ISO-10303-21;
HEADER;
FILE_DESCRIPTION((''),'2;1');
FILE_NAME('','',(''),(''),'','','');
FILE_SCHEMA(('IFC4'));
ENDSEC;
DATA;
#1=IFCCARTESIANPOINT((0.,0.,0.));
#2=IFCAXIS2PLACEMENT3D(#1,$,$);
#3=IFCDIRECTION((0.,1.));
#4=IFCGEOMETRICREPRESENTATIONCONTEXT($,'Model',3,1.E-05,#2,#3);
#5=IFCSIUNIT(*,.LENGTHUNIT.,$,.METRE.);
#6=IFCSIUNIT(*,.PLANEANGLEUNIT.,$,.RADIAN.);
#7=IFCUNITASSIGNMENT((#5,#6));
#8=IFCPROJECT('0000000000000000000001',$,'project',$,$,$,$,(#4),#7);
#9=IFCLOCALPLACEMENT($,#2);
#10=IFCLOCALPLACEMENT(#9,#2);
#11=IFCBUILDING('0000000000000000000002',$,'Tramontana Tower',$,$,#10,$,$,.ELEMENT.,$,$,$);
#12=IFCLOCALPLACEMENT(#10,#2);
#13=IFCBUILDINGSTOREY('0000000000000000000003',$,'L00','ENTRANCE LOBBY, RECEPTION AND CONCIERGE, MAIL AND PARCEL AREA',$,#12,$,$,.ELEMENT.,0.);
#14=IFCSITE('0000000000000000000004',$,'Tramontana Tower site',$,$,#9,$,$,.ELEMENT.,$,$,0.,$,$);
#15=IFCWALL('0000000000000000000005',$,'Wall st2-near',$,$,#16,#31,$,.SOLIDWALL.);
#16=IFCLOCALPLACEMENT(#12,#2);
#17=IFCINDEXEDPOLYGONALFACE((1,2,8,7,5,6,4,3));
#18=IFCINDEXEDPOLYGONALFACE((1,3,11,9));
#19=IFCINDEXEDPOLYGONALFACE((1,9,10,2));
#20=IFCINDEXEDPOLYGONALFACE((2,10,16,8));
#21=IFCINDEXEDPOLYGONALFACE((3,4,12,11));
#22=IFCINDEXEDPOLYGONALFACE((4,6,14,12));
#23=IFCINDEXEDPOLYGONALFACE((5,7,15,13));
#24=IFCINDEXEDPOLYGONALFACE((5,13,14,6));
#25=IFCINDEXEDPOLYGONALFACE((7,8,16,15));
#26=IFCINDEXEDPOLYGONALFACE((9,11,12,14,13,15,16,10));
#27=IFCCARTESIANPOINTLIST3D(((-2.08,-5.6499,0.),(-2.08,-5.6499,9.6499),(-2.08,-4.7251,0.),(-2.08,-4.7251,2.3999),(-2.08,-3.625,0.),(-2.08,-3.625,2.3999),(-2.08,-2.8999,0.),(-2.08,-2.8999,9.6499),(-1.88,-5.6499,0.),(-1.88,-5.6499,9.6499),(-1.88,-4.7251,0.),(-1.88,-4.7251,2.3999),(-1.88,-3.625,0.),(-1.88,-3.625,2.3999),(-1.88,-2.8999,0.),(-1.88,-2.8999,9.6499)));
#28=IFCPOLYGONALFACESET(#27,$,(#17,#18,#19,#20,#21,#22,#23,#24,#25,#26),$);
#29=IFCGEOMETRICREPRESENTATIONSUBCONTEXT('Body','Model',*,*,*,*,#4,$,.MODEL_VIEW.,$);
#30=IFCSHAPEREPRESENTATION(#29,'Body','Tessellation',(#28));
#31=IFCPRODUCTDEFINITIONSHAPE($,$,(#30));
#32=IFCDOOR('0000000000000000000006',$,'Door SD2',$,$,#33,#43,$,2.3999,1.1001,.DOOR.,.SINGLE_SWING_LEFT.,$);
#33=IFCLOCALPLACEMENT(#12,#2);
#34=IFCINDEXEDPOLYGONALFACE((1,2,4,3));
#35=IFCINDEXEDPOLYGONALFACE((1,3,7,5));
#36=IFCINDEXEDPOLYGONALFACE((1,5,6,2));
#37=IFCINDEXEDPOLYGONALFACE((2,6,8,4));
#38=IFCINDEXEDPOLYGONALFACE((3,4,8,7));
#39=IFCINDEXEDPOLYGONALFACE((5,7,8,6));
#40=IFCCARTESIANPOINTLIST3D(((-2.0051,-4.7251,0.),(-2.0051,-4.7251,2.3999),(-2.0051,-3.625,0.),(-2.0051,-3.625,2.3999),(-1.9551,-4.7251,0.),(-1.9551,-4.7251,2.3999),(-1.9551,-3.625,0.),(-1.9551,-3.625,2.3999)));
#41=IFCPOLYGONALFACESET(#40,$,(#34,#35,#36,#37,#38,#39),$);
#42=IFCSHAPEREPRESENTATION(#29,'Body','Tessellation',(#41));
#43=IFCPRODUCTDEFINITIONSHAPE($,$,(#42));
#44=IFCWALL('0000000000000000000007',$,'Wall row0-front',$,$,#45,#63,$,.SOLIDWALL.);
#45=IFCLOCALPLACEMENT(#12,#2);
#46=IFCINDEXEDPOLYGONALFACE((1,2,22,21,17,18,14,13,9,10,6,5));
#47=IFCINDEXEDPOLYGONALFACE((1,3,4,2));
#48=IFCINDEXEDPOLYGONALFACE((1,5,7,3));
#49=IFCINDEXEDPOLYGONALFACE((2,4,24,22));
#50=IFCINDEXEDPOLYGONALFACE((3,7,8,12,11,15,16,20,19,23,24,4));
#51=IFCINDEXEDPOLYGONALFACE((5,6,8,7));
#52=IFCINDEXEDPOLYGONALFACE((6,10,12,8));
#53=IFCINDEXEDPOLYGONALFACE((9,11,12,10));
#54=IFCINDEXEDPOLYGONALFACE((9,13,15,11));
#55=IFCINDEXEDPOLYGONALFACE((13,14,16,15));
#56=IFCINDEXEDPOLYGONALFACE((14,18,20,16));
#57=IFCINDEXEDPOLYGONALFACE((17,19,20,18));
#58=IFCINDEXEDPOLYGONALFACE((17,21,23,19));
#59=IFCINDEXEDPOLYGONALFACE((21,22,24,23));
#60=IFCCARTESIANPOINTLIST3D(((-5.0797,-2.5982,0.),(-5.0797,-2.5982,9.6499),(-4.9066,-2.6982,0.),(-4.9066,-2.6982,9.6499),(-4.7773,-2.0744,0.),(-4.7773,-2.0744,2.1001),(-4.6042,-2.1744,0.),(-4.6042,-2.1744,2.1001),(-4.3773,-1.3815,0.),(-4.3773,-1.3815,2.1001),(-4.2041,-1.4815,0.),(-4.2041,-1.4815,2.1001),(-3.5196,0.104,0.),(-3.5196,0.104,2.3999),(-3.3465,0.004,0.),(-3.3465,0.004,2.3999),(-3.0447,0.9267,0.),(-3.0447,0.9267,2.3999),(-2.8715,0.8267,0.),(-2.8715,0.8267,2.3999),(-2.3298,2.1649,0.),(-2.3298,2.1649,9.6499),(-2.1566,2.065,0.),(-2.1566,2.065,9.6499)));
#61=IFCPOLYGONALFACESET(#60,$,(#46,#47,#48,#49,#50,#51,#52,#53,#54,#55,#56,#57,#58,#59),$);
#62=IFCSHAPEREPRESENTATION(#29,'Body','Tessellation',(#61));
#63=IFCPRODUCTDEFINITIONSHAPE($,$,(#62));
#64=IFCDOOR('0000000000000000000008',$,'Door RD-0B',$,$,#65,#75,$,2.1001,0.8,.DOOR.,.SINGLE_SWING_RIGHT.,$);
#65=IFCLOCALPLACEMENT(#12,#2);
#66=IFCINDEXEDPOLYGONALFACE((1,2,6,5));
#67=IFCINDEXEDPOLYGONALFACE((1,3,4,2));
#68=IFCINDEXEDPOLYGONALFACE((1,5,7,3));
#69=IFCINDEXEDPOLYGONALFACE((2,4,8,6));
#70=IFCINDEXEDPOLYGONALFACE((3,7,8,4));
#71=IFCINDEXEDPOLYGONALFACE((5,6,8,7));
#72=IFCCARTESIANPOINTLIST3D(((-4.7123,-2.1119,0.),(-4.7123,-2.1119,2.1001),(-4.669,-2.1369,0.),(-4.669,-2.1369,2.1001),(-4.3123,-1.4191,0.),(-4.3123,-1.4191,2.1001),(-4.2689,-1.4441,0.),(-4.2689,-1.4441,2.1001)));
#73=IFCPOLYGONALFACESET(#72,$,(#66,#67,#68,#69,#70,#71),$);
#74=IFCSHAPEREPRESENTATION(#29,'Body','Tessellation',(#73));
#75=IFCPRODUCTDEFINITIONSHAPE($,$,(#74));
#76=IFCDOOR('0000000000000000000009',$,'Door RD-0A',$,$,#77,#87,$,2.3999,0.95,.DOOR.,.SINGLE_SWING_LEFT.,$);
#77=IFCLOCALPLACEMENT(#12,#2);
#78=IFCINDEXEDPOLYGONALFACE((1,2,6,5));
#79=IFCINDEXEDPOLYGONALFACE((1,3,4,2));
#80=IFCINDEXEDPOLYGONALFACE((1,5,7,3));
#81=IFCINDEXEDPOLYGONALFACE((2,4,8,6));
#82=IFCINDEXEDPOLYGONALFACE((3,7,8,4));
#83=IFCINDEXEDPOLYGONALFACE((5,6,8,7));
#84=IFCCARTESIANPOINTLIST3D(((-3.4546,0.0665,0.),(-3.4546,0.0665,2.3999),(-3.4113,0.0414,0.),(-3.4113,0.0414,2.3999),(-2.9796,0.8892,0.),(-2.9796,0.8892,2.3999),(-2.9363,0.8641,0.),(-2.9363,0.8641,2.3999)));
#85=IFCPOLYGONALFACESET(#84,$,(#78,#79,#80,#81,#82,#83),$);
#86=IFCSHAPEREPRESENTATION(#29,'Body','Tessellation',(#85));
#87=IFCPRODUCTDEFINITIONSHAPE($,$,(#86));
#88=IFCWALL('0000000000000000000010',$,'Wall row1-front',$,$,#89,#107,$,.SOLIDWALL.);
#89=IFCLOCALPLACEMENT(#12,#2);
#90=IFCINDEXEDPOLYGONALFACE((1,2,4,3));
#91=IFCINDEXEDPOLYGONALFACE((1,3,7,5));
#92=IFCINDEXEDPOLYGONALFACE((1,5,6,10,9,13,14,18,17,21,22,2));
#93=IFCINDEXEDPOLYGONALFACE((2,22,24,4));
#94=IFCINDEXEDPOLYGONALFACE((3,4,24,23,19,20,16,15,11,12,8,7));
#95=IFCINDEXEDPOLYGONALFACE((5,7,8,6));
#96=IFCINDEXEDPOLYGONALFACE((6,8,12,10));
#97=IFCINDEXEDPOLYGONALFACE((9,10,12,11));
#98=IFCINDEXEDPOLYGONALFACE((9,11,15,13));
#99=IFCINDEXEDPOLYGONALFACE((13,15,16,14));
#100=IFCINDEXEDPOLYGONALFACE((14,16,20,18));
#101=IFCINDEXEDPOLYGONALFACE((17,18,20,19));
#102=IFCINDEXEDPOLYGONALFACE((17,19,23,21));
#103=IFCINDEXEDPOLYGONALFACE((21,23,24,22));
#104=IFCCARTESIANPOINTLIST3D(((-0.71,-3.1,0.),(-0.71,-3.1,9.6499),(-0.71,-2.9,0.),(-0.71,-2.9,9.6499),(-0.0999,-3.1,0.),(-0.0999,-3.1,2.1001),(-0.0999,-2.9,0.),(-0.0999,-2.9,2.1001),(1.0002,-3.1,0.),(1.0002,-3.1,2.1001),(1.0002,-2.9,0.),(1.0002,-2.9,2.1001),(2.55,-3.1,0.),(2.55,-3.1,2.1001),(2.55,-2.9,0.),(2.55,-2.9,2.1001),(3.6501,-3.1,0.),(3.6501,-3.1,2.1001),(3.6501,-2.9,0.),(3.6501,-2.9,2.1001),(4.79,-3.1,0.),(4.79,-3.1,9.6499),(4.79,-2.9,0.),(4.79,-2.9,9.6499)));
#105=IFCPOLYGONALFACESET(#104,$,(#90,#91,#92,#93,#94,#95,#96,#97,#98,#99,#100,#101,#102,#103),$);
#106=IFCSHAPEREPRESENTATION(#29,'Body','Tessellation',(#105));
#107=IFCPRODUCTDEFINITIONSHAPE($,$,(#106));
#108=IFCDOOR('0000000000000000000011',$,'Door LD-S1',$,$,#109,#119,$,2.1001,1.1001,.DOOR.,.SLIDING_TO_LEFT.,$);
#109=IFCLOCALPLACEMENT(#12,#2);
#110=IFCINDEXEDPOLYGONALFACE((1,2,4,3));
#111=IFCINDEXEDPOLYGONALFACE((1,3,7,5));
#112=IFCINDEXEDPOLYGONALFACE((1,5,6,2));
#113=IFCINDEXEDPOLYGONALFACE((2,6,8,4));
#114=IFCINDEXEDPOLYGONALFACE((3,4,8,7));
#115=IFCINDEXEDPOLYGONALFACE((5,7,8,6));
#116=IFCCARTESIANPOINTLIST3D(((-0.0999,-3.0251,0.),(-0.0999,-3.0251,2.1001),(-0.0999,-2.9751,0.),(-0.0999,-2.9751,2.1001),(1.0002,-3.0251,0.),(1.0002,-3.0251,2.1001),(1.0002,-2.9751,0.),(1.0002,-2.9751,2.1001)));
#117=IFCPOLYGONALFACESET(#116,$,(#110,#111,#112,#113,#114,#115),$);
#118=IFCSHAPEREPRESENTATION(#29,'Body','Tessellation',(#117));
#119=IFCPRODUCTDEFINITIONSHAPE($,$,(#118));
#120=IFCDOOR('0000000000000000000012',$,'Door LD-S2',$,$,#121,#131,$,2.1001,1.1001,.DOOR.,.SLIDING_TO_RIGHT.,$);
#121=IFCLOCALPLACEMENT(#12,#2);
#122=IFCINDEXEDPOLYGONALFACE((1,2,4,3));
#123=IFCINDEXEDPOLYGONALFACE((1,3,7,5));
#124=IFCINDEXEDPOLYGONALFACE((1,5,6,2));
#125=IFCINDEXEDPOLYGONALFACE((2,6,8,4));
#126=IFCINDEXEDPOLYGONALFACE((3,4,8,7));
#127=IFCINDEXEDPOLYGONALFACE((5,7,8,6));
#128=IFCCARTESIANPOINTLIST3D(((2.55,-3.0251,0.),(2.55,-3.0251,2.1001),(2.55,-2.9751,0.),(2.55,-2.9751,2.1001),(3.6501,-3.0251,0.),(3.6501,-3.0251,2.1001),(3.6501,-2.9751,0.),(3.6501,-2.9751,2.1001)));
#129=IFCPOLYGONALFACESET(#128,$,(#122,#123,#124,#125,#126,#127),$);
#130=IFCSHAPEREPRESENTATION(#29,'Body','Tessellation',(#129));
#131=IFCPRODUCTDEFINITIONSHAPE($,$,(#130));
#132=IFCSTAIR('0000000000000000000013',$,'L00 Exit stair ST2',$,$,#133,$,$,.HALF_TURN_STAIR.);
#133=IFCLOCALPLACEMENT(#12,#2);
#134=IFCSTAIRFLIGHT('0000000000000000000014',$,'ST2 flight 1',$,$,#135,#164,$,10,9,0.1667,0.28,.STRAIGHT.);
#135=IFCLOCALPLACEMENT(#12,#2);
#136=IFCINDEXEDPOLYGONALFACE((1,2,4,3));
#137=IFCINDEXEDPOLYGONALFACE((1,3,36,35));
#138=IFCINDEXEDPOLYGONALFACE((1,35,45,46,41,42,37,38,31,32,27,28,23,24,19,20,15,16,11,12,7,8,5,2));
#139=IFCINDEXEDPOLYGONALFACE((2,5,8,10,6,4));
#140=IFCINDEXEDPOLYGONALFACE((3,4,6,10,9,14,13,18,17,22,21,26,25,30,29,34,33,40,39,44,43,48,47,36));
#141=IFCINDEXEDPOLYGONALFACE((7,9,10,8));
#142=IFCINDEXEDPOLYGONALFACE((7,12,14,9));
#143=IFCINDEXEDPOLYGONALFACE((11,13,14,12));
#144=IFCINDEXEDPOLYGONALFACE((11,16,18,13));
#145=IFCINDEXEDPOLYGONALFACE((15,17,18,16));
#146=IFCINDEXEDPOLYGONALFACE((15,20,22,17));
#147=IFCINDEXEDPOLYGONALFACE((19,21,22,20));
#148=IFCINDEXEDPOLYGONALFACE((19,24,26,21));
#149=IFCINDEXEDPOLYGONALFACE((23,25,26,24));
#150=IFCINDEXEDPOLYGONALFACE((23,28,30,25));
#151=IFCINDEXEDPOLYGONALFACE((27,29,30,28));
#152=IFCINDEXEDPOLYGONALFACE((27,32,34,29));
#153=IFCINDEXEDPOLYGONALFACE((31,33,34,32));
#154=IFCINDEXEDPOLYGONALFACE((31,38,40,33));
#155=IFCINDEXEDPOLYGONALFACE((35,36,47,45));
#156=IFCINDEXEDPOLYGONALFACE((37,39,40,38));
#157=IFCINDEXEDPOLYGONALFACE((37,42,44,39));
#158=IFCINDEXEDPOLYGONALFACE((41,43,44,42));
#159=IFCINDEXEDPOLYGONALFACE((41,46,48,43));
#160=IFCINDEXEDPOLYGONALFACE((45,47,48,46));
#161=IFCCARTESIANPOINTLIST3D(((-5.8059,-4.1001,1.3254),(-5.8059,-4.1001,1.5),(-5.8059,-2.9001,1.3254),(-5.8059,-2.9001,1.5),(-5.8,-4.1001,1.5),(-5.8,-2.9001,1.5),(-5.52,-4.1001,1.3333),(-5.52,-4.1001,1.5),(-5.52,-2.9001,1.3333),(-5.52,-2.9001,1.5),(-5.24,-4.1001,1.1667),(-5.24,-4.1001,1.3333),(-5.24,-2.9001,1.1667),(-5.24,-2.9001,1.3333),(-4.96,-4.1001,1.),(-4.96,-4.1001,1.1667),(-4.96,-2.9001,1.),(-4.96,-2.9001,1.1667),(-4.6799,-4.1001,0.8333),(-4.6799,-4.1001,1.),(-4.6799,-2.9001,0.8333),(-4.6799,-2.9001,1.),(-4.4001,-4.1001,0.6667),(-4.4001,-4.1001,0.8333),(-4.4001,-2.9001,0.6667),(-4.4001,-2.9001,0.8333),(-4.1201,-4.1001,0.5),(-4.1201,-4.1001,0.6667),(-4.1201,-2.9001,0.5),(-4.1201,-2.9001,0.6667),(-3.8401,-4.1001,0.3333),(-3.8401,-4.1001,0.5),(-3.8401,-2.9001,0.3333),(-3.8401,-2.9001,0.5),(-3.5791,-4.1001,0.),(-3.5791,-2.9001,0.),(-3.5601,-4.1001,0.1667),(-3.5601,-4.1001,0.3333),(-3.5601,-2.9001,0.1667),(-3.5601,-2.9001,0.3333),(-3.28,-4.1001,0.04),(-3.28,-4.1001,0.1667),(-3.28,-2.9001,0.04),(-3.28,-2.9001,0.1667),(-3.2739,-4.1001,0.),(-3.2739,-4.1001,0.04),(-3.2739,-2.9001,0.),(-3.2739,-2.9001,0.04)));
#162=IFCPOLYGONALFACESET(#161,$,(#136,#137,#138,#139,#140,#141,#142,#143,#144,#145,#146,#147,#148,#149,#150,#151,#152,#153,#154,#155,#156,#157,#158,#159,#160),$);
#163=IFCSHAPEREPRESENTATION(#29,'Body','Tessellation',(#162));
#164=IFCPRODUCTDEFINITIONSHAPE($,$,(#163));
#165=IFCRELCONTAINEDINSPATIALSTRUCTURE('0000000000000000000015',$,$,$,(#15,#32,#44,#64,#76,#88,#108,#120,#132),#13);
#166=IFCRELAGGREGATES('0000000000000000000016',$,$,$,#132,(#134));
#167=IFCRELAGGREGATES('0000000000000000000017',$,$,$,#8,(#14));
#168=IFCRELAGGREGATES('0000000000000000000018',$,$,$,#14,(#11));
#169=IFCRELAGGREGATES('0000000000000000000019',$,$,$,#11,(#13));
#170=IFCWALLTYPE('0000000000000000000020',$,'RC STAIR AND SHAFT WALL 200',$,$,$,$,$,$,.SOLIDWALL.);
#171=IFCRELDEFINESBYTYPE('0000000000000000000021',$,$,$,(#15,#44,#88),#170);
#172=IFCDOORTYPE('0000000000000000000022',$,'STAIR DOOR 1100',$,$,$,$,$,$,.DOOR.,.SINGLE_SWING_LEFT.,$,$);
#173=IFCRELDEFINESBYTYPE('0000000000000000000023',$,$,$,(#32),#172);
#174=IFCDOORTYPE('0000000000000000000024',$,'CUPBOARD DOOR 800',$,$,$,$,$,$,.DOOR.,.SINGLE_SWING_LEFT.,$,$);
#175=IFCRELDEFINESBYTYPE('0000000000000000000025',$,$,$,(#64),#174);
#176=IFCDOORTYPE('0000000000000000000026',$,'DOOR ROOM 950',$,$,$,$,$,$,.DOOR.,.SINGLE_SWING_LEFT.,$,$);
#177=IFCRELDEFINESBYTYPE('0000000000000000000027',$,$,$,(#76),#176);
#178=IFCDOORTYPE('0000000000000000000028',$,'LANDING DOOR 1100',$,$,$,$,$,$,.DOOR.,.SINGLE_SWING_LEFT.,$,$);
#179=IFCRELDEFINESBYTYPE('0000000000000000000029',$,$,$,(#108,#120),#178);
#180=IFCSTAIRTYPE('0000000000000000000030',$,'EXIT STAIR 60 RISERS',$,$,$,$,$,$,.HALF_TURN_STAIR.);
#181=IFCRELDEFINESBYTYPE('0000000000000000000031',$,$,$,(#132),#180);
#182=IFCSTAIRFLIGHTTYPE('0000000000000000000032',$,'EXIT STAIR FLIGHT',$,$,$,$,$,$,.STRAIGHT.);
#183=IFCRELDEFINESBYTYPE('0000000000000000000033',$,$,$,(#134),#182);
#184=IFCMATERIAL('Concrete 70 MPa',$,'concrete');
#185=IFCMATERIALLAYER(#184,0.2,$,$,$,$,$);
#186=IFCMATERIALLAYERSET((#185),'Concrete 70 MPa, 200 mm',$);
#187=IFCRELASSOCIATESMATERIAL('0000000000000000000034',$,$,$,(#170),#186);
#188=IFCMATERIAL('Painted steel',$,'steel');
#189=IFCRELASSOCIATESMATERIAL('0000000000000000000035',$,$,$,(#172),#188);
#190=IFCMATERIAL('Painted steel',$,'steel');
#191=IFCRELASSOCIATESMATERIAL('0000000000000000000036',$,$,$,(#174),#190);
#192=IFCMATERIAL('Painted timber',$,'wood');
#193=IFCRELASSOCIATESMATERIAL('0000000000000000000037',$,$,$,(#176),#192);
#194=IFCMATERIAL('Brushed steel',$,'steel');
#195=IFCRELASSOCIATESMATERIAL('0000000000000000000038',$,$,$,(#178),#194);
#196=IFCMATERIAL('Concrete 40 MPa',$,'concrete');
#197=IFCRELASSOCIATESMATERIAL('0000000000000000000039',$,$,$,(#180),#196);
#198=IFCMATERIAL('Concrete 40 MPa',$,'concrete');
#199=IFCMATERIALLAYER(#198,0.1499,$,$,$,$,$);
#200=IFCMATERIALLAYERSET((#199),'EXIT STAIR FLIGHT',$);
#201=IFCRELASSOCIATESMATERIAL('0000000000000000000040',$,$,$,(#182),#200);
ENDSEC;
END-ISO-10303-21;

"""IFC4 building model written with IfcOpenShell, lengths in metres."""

from ifc_helpers import new_model, si_unit, direction, frame, frame_2d, origin, place, context, subcontext, project, spatial, polyline, rectangle, outline, extrude, material, layer, layer_set, type_object, element, fill, aggregate, save


model = new_model("IFC4")

# Units and contexts
model_context = context("Model", 3, precision=1e-05, world=origin(), true_north=direction((0.0, 1.0)))
body_context = subcontext(model_context, "Body", "Model", "MODEL_VIEW")
ifc_project = project(units=[si_unit("LENGTHUNIT", "METRE"), si_unit("PLANEANGLEUNIT", "RADIAN")], contexts=[model_context])

# Site, building, storey
site_placement = place(None, origin())
site = spatial("IfcSite", under=ifc_project, at=site_placement, Name="Tramontana Tower site", CompositionType="ELEMENT", RefElevation=0.0)
building_placement = place(site_placement, origin())
building = spatial("IfcBuilding", under=site, at=building_placement, Name="Tramontana Tower", CompositionType="ELEMENT")
storey_placement = place(building_placement, origin())
storey = spatial("IfcBuildingStorey", under=building, at=storey_placement, Name="L00", Description="ENTRANCE LOBBY, RECEPTION AND CONCIERGE, MAIL AND PARCEL AREA", CompositionType="ELEMENT", Elevation=0.0)

# Wall, opening, door
ifc_material_1 = material(Name="Concrete 70 MPa", Category="concrete")
ifc_layer_1 = layer(ifc_material_1, 0.2)
ifc_layer_set_1 = layer_set([ifc_layer_1], Name="Concrete 70 MPa, 200 mm")
wall_type = type_object("IfcWallType", Name="RC STAIR AND SHAFT WALL 200", PredefinedType="SOLIDWALL", material=ifc_layer_set_1)
wall_1_placement = place(storey_placement, frame((-1.98, -2.8999, 0.0), z_axis=(0.0, 0.0, 1.0), x_axis=(0.0, -1.0, 0.0)))
wall_1 = element("IfcWall", 1, at=wall_1_placement, inside=storey, type_object=wall_type, Name="Wall st2-near", PredefinedType="SOLIDWALL", context=body_context, shape_type="SweptSolid", body=[
    extrude(rectangle(XDim=2.75, YDim=0.2, at=frame_2d((1.375, 0.0))), origin(), (0.0, 0.0, 1.0), 9.6499),
])
opening_1_placement = place(wall_1_placement, frame((0.7251, 0.0, 0.0)))
opening_1 = element("IfcOpeningElement", 2, at=opening_1_placement, cuts=wall_1, PredefinedType="OPENING", context=body_context, shape_type="SweptSolid", body=[
    extrude(rectangle(XDim=1.1001, YDim=2.3999, at=frame_2d((0.55, 1.2))), frame((0.0, 0.1099, 0.0), z_axis=(0.0, -1.0, 0.0), x_axis=(1.0, 0.0, 0.0)), (0.0, 0.0, 1.0), 0.22),
])
ifc_material_2 = material(Name="Painted steel", Category="steel")
door_type_1 = type_object("IfcDoorType", Name="STAIR DOOR 1100", OperationType="SINGLE_SWING_LEFT", PredefinedType="DOOR", material=ifc_material_2)
door_1_placement = place(opening_1_placement, origin())
door_1 = element("IfcDoor", 3, at=door_1_placement, inside=storey, type_object=door_type_1, Name="Door SD2", OperationType="SINGLE_SWING_LEFT", OverallHeight=2.3999, OverallWidth=1.1001, PredefinedType="DOOR", context=body_context, shape_type="SweptSolid", body=[
    extrude(rectangle(XDim=1.1001, YDim=2.3999, at=frame_2d((0.55, 1.2))), frame((0.0, 0.0249, 0.0), z_axis=(0.0, -1.0, 0.0), x_axis=(1.0, 0.0, 0.0)), (0.0, 0.0, 1.0), 0.05),
])
fill(opening_1, door_1)

# Walls, openings, doors
wall_2_placement = place(storey_placement, frame((-4.9932, -2.6482, 0.0), z_axis=(0.0, 0.0, 1.0), x_axis=(0.499997, 0.866027, 0.0)))
wall_2 = element("IfcWall", 4, at=wall_2_placement, inside=storey, type_object=wall_type, Name="Wall row0-front", PredefinedType="SOLIDWALL", context=body_context, shape_type="SweptSolid", body=[
    extrude(rectangle(XDim=5.5, YDim=0.2, at=frame_2d((2.75, 0.0))), origin(), (0.0, 0.0, 1.0), 9.6499),
])
opening_2_placement = place(wall_2_placement, frame((3.1201, 0.0, 0.0)))
opening_2 = element("IfcOpeningElement", 5, at=opening_2_placement, cuts=wall_2, PredefinedType="OPENING", context=body_context, shape_type="SweptSolid", body=[
    extrude(rectangle(XDim=0.95, YDim=2.3999, at=frame_2d((0.4751, 1.2))), frame((0.0, 0.1099, 0.0), z_axis=(0.0, -1.0, 0.0), x_axis=(1.0, 0.0, 0.0)), (0.0, 0.0, 1.0), 0.22),
])
opening_3_placement = place(wall_2_placement, frame((0.605, 0.0, 0.0)))
opening_3 = element("IfcOpeningElement", 6, at=opening_3_placement, cuts=wall_2, PredefinedType="OPENING", context=body_context, shape_type="SweptSolid", body=[
    extrude(rectangle(XDim=0.8, YDim=2.1001, at=frame_2d((0.3999, 1.05))), frame((0.0, 0.1099, 0.0), z_axis=(0.0, -1.0, 0.0), x_axis=(1.0, 0.0, 0.0)), (0.0, 0.0, 1.0), 0.22),
])
ifc_material_3 = material(Name="Painted steel", Category="steel")
door_type_2 = type_object("IfcDoorType", Name="CUPBOARD DOOR 800", OperationType="SINGLE_SWING_LEFT", PredefinedType="DOOR", material=ifc_material_3)
door_2_placement = place(opening_3_placement, origin())
door_2 = element("IfcDoor", 7, at=door_2_placement, inside=storey, type_object=door_type_2, Name="Door RD-0B", OperationType="SINGLE_SWING_RIGHT", OverallHeight=2.1001, OverallWidth=0.8, PredefinedType="DOOR", context=body_context, shape_type="SweptSolid", body=[
    extrude(rectangle(XDim=0.8, YDim=2.1001, at=frame_2d((0.3999, 1.05))), frame((0.0, 0.0249, 0.0), z_axis=(0.0, -1.0, 0.0), x_axis=(1.0, 0.0, 0.0)), (0.0, 0.0, 1.0), 0.05),
])
fill(opening_3, door_2)
ifc_material_4 = material(Name="Painted timber", Category="wood")
door_type_3 = type_object("IfcDoorType", Name="DOOR ROOM 950", OperationType="SINGLE_SWING_LEFT", PredefinedType="DOOR", material=ifc_material_4)
door_3_placement = place(opening_2_placement, origin())
door_3 = element("IfcDoor", 8, at=door_3_placement, inside=storey, type_object=door_type_3, Name="Door RD-0A", OperationType="SINGLE_SWING_LEFT", OverallHeight=2.3999, OverallWidth=0.95, PredefinedType="DOOR", context=body_context, shape_type="SweptSolid", body=[
    extrude(rectangle(XDim=0.95, YDim=2.3999, at=frame_2d((0.4751, 1.2))), frame((0.0, 0.0249, 0.0), z_axis=(0.0, -1.0, 0.0), x_axis=(1.0, 0.0, 0.0)), (0.0, 0.0, 1.0), 0.05),
])
fill(opening_2, door_3)
wall_3_placement = place(storey_placement, frame((-0.71, -3.0, 0.0), z_axis=(0.0, 0.0, 1.0), x_axis=(1.0, 0.0, 0.0)))
wall_3 = element("IfcWall", 9, at=wall_3_placement, inside=storey, type_object=wall_type, Name="Wall row1-front", PredefinedType="SOLIDWALL", context=body_context, shape_type="SweptSolid", body=[
    extrude(rectangle(XDim=5.5, YDim=0.2, at=frame_2d((2.75, 0.0))), origin(), (0.0, 0.0, 1.0), 9.6499),
])
opening_4_placement = place(wall_3_placement, frame((0.6101, 0.0, 0.0)))
opening_4 = element("IfcOpeningElement", 10, at=opening_4_placement, cuts=wall_3, PredefinedType="OPENING", context=body_context, shape_type="SweptSolid", body=[
    extrude(rectangle(XDim=1.1001, YDim=2.1001, at=frame_2d((0.55, 1.05))), frame((0.0, 0.1099, 0.0), z_axis=(0.0, -1.0, 0.0), x_axis=(1.0, 0.0, 0.0)), (0.0, 0.0, 1.0), 0.22),
])
opening_5_placement = place(wall_3_placement, frame((3.26, 0.0, 0.0)))
opening_5 = element("IfcOpeningElement", 11, at=opening_5_placement, cuts=wall_3, PredefinedType="OPENING", context=body_context, shape_type="SweptSolid", body=[
    extrude(rectangle(XDim=1.1001, YDim=2.1001, at=frame_2d((0.55, 1.05))), frame((0.0, 0.1099, 0.0), z_axis=(0.0, -1.0, 0.0), x_axis=(1.0, 0.0, 0.0)), (0.0, 0.0, 1.0), 0.22),
])
ifc_material_5 = material(Name="Brushed steel", Category="steel")
door_type_4 = type_object("IfcDoorType", Name="LANDING DOOR 1100", OperationType="SINGLE_SWING_LEFT", PredefinedType="DOOR", material=ifc_material_5)
door_4_placement = place(opening_4_placement, origin())
door_4 = element("IfcDoor", 12, at=door_4_placement, inside=storey, type_object=door_type_4, Name="Door LD-S1", OperationType="SLIDING_TO_LEFT", OverallHeight=2.1001, OverallWidth=1.1001, PredefinedType="DOOR", context=body_context, shape_type="SweptSolid", body=[
    extrude(rectangle(XDim=1.1001, YDim=2.1001, at=frame_2d((0.55, 1.05))), frame((0.0, 0.0249, 0.0), z_axis=(0.0, -1.0, 0.0), x_axis=(1.0, 0.0, 0.0)), (0.0, 0.0, 1.0), 0.05),
])
fill(opening_4, door_4)
door_5_placement = place(opening_5_placement, origin())
door_5 = element("IfcDoor", 13, at=door_5_placement, inside=storey, type_object=door_type_4, Name="Door LD-S2", OperationType="SLIDING_TO_RIGHT", OverallHeight=2.1001, OverallWidth=1.1001, PredefinedType="DOOR", context=body_context, shape_type="SweptSolid", body=[
    extrude(rectangle(XDim=1.1001, YDim=2.1001, at=frame_2d((0.55, 1.05))), frame((0.0, 0.0249, 0.0), z_axis=(0.0, -1.0, 0.0), x_axis=(1.0, 0.0, 0.0)), (0.0, 0.0, 1.0), 0.05),
])
fill(opening_5, door_5)

# Stair, stair flight
ifc_material_6 = material(Name="Concrete 40 MPa", Category="concrete")
stair_type = type_object("IfcStairType", Name="EXIT STAIR 60 RISERS", PredefinedType="HALF_TURN_STAIR", material=ifc_material_6)
stair_placement = place(storey_placement, origin())
stair = element("IfcStair", 14, at=stair_placement, inside=storey, type_object=stair_type, Name="L00 Exit stair ST2", PredefinedType="HALF_TURN_STAIR")
ifc_material_7 = material(Name="Concrete 40 MPa", Category="concrete")
ifc_layer_2 = layer(ifc_material_7, 0.1499)
ifc_layer_set_2 = layer_set([ifc_layer_2], Name="EXIT STAIR FLIGHT")
stair_flight_type = type_object("IfcStairFlightType", Name="EXIT STAIR FLIGHT", PredefinedType="STRAIGHT", material=ifc_layer_set_2)
stair_flight_1_placement = place(storey_placement, frame((-3.28, -3.5, 0.0), z_axis=(0.0, 0.0, 1.0), x_axis=(-1.0, 0.0, 0.0)))
stair_flight_1 = element("IfcStairFlight", 15, at=stair_flight_1_placement, type_object=stair_flight_type, Name="ST2 flight 1", NumberOfRisers=10, NumberOfTreads=9, PredefinedType="STRAIGHT", RiserHeight=0.1667, TreadLength=0.28, context=body_context, shape_type="SweptSolid", body=[
    extrude(outline(polyline([(-0.0061, 0.0), (-0.0061, 0.04), (0.0, 0.04), (0.0, 0.1667), (0.28, 0.1667), (0.28, 0.3333), (0.5601, 0.3333), (0.5601, 0.5), (0.8401, 0.5), (0.8401, 0.6667), (1.1201, 0.6667), (1.1201, 0.8333), (1.3999, 0.8333), (1.3999, 1.0), (1.6799, 1.0), (1.6799, 1.1667), (1.96, 1.1667), (1.96, 1.3333), (2.24, 1.3333), (2.24, 1.5), (2.52, 1.5), (2.5259, 1.5), (2.5259, 1.3254), (0.2991, 0.0), (-0.0061, 0.0)])), frame((0.0, 0.6001, 0.0), z_axis=(0.0, -1.0, 0.0), x_axis=(1.0, 0.0, 0.0)), (0.0, 0.0, 1.0), 1.2),
])
aggregate(stair, [stair_flight_1])

save(model, "model.ifc")
